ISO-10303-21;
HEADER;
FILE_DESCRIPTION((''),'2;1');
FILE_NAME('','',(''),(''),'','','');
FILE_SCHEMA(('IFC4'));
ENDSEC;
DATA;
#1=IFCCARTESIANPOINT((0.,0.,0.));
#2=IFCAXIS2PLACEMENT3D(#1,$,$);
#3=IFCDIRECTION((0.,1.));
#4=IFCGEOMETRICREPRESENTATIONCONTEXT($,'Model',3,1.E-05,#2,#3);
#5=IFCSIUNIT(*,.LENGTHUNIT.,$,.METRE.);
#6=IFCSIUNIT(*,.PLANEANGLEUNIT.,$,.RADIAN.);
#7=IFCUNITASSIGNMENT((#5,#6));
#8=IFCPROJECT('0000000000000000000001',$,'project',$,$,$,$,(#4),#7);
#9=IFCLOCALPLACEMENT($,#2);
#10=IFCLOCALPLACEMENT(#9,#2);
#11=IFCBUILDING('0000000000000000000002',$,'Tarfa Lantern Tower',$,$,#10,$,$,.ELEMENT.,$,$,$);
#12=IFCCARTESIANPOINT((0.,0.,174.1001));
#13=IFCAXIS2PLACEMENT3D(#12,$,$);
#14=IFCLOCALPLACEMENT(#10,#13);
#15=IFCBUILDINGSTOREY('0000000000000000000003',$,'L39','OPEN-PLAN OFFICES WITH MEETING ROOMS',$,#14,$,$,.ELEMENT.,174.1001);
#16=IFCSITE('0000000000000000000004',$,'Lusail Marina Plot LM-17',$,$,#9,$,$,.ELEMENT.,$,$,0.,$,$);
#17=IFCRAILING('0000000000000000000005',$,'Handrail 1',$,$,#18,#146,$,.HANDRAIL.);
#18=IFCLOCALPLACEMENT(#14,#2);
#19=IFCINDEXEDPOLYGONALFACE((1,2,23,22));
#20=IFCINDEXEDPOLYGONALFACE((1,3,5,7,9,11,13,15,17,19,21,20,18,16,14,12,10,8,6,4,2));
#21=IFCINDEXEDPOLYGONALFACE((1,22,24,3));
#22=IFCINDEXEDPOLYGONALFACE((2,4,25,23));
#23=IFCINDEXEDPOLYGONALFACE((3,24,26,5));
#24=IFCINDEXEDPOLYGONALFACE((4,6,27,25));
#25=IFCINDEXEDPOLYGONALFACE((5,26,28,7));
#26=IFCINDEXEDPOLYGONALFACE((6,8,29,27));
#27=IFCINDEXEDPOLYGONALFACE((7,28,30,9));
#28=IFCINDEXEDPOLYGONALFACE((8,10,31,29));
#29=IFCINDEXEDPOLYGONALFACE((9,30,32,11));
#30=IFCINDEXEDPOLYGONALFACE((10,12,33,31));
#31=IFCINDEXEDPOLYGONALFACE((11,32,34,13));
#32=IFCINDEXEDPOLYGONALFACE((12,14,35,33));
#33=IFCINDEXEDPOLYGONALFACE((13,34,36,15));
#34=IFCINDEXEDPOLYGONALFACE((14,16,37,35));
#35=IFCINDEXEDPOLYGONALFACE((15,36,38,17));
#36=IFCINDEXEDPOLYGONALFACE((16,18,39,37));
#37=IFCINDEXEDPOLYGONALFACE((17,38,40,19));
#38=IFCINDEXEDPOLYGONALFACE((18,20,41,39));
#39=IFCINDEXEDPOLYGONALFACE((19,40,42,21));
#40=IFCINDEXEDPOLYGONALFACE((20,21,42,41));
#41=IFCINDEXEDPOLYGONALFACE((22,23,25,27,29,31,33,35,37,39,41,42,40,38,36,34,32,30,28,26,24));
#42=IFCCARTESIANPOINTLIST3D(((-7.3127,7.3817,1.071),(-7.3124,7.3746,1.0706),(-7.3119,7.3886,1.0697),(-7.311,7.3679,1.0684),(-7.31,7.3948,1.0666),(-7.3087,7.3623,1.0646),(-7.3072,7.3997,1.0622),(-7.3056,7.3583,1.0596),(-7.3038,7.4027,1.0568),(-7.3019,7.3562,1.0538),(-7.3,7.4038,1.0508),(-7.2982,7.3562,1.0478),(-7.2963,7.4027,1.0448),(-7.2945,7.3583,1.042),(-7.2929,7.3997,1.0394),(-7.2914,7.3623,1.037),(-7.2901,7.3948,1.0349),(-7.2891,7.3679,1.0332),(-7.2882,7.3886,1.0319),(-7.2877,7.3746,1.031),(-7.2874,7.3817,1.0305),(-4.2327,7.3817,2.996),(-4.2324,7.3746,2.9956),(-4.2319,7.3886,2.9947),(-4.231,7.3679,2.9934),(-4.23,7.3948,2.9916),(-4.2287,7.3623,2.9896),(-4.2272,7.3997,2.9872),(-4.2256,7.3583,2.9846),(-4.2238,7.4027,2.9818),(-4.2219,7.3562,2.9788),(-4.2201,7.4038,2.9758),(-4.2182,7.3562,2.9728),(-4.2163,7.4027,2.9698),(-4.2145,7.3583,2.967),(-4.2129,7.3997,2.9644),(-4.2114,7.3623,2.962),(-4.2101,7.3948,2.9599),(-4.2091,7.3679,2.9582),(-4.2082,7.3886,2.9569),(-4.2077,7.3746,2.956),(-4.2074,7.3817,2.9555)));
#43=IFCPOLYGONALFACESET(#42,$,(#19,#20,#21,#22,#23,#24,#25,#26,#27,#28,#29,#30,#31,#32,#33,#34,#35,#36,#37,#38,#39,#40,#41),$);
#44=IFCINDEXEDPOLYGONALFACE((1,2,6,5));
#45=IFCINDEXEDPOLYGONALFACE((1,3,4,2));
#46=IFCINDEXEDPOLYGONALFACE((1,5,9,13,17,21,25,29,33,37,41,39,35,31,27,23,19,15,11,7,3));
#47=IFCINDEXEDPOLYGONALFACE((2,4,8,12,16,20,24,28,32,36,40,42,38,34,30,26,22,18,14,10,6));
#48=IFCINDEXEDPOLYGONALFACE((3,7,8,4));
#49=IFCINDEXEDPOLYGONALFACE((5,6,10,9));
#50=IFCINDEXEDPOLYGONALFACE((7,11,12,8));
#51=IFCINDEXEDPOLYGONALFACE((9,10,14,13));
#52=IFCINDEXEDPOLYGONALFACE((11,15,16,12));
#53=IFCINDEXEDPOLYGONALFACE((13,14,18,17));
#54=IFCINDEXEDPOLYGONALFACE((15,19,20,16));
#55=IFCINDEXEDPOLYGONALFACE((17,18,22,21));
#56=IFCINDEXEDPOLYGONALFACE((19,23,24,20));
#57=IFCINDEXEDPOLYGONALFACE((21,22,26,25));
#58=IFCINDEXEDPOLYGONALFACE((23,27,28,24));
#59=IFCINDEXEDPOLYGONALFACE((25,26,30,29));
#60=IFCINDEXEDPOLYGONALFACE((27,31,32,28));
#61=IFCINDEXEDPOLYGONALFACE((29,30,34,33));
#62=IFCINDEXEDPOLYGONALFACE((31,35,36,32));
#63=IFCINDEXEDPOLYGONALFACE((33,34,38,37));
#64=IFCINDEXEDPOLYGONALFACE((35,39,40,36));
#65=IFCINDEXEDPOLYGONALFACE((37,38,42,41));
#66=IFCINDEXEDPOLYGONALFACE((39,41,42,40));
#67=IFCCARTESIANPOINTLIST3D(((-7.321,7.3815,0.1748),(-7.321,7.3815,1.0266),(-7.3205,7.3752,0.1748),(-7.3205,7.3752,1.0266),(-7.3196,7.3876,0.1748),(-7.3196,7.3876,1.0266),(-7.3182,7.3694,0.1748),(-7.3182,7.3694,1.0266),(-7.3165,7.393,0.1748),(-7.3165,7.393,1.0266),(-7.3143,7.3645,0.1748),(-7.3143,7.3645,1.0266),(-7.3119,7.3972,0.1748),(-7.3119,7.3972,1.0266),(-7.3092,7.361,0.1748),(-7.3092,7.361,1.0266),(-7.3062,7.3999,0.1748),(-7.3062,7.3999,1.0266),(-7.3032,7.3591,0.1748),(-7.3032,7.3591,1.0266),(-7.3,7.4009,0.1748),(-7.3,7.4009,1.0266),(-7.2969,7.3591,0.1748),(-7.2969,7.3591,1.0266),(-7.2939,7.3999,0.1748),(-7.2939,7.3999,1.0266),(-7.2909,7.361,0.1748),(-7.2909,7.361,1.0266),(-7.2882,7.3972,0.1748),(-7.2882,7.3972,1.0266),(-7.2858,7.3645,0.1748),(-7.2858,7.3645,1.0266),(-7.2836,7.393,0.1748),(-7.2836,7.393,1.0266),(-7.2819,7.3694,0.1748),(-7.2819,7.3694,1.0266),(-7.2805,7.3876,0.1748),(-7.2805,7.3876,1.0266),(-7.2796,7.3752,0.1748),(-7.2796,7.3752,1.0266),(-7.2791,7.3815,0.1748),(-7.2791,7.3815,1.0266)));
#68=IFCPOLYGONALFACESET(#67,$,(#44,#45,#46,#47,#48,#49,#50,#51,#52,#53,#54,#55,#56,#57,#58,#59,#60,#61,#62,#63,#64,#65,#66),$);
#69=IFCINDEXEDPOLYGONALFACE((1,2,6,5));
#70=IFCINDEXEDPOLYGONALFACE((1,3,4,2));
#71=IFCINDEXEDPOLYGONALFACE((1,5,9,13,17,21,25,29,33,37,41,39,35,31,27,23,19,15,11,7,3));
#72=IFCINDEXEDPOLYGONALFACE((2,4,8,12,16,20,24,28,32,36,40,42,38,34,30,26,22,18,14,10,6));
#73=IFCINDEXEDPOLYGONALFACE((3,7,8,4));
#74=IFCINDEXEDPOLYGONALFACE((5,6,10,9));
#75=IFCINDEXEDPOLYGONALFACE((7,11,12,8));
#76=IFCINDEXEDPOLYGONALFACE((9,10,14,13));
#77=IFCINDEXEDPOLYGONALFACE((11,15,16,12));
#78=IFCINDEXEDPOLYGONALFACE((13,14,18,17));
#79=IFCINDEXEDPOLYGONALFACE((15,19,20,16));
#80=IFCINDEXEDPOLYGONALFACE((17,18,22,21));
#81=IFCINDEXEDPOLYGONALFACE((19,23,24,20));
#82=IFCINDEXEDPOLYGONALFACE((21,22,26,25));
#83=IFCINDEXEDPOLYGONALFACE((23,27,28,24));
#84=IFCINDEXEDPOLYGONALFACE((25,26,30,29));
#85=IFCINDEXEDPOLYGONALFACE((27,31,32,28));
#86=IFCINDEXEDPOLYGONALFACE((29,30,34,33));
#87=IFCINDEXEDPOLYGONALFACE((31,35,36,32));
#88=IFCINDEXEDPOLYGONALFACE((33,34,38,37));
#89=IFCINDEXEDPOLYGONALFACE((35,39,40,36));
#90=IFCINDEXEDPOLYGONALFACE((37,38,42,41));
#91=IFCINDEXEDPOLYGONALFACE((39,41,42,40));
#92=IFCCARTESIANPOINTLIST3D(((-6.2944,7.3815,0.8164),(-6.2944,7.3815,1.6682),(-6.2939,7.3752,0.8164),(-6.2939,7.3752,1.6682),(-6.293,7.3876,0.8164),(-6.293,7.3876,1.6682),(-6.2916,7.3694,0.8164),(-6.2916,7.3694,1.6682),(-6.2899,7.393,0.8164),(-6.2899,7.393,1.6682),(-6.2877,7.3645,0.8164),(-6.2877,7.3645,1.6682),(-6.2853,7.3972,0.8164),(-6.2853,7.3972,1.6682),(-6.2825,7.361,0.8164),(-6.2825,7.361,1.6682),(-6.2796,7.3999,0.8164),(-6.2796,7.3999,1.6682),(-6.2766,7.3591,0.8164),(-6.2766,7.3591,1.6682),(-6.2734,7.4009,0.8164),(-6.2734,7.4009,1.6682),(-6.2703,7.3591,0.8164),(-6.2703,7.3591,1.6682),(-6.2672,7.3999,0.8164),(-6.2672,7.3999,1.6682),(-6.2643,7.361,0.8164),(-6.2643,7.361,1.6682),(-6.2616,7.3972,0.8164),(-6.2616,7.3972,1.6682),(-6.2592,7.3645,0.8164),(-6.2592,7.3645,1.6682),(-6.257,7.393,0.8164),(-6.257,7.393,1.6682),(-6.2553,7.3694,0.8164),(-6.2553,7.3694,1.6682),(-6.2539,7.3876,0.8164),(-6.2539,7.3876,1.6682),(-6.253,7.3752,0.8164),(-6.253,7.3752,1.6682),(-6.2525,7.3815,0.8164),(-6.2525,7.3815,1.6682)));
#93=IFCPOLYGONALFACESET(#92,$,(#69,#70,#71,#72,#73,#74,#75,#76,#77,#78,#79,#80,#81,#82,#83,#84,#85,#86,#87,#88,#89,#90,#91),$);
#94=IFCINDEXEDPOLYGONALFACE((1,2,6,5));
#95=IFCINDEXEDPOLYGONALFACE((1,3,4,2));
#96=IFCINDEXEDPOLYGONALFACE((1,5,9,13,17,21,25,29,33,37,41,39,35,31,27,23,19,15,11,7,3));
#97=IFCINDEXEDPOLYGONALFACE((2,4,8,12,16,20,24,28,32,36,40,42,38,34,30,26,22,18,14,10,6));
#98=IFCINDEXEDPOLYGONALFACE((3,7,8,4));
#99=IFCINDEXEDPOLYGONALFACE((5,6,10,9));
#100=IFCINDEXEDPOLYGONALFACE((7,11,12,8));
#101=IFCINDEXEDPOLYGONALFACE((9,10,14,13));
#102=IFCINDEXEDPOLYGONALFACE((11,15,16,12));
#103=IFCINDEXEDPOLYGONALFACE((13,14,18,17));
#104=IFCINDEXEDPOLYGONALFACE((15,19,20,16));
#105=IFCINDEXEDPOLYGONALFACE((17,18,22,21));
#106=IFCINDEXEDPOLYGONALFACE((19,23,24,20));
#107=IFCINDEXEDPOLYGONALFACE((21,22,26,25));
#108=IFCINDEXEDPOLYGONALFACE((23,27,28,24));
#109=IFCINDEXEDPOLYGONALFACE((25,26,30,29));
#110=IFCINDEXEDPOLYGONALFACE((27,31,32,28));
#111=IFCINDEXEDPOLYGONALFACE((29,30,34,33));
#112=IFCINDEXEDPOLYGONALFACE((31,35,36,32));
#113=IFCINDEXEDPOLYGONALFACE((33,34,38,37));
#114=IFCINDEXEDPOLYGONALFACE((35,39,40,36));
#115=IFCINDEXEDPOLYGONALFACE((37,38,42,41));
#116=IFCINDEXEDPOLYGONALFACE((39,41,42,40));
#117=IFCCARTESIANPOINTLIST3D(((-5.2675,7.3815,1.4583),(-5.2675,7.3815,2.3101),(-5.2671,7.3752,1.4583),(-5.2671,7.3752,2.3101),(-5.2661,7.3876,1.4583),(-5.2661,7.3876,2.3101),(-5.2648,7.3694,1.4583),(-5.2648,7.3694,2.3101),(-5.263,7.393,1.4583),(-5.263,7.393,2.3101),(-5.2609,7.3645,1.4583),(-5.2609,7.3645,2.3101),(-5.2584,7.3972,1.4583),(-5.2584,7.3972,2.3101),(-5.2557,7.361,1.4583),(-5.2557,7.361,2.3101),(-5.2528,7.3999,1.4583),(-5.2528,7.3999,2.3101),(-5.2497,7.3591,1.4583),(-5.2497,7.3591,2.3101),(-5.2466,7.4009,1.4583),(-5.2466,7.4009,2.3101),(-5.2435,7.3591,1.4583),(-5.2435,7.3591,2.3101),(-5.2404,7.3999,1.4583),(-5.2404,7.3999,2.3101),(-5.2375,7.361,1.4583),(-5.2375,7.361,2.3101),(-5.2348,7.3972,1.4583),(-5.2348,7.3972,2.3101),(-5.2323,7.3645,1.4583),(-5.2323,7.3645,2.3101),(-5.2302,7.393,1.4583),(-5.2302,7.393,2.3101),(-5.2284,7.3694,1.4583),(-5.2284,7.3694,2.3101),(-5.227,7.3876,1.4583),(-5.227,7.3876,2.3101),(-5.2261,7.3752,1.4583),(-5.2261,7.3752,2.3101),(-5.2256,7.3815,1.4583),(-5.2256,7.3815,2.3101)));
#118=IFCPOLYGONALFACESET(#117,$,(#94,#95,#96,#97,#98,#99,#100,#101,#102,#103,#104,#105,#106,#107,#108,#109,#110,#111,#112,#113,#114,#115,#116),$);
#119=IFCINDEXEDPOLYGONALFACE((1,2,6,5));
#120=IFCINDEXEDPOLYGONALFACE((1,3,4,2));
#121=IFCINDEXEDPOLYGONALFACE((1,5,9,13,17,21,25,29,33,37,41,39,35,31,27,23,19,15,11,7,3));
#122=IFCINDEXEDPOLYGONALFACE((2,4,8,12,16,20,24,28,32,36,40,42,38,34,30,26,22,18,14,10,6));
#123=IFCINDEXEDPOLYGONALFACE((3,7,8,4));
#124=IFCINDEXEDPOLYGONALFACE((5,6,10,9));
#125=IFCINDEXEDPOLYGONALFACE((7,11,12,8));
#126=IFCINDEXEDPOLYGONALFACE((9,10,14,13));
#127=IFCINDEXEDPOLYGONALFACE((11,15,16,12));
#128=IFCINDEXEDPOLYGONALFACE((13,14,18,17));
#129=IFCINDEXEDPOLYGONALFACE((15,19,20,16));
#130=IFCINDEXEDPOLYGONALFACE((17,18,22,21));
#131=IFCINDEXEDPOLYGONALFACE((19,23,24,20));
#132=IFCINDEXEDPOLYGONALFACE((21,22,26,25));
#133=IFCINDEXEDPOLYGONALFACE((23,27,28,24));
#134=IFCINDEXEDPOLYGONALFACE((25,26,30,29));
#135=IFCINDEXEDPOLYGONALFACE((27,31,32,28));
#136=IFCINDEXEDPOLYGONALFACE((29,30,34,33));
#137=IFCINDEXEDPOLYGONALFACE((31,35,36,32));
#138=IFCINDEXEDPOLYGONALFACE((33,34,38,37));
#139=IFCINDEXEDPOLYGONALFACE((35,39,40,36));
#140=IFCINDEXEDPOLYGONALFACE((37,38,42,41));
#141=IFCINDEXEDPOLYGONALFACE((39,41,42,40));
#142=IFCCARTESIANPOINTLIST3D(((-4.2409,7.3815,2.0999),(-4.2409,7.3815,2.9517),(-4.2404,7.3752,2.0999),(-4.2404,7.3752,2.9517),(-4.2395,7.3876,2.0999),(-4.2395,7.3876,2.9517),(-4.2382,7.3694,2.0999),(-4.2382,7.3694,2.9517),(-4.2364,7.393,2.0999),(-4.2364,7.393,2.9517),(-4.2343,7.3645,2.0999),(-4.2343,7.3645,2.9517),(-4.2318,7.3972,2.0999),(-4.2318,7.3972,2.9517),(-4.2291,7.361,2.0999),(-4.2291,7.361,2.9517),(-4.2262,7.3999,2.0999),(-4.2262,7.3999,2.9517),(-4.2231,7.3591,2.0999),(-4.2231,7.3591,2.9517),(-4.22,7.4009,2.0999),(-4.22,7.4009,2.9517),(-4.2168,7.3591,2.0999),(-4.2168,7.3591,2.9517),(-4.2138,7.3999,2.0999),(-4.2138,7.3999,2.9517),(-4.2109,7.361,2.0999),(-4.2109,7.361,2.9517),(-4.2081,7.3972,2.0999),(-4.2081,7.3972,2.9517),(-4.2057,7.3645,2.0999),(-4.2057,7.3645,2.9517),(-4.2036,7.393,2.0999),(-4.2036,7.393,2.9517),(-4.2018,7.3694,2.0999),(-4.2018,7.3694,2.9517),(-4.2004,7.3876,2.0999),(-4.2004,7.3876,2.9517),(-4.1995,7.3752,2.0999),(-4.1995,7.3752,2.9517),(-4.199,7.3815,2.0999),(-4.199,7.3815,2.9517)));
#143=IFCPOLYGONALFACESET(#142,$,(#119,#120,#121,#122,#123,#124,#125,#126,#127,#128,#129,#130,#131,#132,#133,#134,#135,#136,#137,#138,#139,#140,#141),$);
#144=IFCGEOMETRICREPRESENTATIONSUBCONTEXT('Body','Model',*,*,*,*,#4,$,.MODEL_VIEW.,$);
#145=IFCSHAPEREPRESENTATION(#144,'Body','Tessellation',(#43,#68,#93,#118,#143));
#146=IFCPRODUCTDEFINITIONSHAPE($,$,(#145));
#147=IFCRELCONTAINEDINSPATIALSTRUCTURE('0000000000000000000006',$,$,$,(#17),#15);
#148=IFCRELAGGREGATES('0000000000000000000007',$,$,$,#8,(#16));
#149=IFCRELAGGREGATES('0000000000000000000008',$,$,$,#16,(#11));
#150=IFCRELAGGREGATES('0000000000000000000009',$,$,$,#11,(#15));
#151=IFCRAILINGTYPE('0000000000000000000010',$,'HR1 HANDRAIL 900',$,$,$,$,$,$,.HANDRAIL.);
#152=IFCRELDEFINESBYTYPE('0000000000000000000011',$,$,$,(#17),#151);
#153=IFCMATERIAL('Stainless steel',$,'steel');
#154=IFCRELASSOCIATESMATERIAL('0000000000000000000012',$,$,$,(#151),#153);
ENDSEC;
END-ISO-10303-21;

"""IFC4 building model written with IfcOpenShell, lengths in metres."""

from ifc_helpers import new_model, si_unit, direction, frame, origin, origin_2d, place, context, subcontext, project, spatial, circle, extrude, material, type_object, element, save


model = new_model("IFC4")

# Units and contexts
model_context = context("Model", 3, precision=1e-05, world=origin(), true_north=direction((0.0, 1.0)))
body_context = subcontext(model_context, "Body", "Model", "MODEL_VIEW")
ifc_project = project(units=[si_unit("LENGTHUNIT", "METRE"), si_unit("PLANEANGLEUNIT", "RADIAN")], contexts=[model_context])

# Site, building, storey
site_placement = place(None, origin())
site = spatial("IfcSite", under=ifc_project, at=site_placement, Name="Lusail Marina Plot LM-17", CompositionType="ELEMENT", RefElevation=0.0)
building_placement = place(site_placement, origin())
building = spatial("IfcBuilding", under=site, at=building_placement, Name="Tarfa Lantern Tower", CompositionType="ELEMENT")
storey_placement = place(building_placement, frame((0.0, 0.0, 174.1001)))
storey = spatial("IfcBuildingStorey", under=building, at=storey_placement, Name="L39", Description="OPEN-PLAN OFFICES WITH MEETING ROOMS", CompositionType="ELEMENT", Elevation=174.1001)

# Railing
ifc_material_1 = material(Name="Stainless steel", Category="steel")
railing_type = type_object("IfcRailingType", Name="HR1 HANDRAIL 900", PredefinedType="HANDRAIL", material=ifc_material_1)
railing_1_placement = place(storey_placement, frame((-7.3, 7.3799, 0.1748)))
element("IfcRailing", 1, at=railing_1_placement, inside=storey, type_object=railing_type, Name="Handrail 1", PredefinedType="HANDRAIL", context=body_context, shape_type="SweptSolid", body=[
    extrude(circle(Radius=0.0239, at=origin_2d()), frame((0.0, 0.0, 0.876), z_axis=(0.847998, 0.0, 0.529999), x_axis=(0.0, 1.0, 0.0)), (0.0, 0.0, 1.0), 3.6321),
    extrude(circle(Radius=0.021, at=origin_2d()), frame((0.0, 0.0, 0.0), z_axis=(0.0, 0.0, 1.0), x_axis=(0.0, 1.0, 0.0)), (0.0, 0.0, 1.0), 0.8518),
    extrude(circle(Radius=0.021, at=origin_2d()), frame((1.0266, 0.0, 0.6416), z_axis=(0.0, 0.0, 1.0), x_axis=(0.0, 1.0, 0.0)), (0.0, 0.0, 1.0), 0.8518),
    extrude(circle(Radius=0.021, at=origin_2d()), frame((2.0535, 0.0, 1.2834), z_axis=(0.0, 0.0, 1.0), x_axis=(0.0, 1.0, 0.0)), (0.0, 0.0, 1.0), 0.8518),
    extrude(circle(Radius=0.021, at=origin_2d()), frame((3.0801, 0.0, 1.925), z_axis=(0.0, 0.0, 1.0), x_axis=(0.0, 1.0, 0.0)), (0.0, 0.0, 1.0), 0.8518),
])

save(model, "model.ifc")
